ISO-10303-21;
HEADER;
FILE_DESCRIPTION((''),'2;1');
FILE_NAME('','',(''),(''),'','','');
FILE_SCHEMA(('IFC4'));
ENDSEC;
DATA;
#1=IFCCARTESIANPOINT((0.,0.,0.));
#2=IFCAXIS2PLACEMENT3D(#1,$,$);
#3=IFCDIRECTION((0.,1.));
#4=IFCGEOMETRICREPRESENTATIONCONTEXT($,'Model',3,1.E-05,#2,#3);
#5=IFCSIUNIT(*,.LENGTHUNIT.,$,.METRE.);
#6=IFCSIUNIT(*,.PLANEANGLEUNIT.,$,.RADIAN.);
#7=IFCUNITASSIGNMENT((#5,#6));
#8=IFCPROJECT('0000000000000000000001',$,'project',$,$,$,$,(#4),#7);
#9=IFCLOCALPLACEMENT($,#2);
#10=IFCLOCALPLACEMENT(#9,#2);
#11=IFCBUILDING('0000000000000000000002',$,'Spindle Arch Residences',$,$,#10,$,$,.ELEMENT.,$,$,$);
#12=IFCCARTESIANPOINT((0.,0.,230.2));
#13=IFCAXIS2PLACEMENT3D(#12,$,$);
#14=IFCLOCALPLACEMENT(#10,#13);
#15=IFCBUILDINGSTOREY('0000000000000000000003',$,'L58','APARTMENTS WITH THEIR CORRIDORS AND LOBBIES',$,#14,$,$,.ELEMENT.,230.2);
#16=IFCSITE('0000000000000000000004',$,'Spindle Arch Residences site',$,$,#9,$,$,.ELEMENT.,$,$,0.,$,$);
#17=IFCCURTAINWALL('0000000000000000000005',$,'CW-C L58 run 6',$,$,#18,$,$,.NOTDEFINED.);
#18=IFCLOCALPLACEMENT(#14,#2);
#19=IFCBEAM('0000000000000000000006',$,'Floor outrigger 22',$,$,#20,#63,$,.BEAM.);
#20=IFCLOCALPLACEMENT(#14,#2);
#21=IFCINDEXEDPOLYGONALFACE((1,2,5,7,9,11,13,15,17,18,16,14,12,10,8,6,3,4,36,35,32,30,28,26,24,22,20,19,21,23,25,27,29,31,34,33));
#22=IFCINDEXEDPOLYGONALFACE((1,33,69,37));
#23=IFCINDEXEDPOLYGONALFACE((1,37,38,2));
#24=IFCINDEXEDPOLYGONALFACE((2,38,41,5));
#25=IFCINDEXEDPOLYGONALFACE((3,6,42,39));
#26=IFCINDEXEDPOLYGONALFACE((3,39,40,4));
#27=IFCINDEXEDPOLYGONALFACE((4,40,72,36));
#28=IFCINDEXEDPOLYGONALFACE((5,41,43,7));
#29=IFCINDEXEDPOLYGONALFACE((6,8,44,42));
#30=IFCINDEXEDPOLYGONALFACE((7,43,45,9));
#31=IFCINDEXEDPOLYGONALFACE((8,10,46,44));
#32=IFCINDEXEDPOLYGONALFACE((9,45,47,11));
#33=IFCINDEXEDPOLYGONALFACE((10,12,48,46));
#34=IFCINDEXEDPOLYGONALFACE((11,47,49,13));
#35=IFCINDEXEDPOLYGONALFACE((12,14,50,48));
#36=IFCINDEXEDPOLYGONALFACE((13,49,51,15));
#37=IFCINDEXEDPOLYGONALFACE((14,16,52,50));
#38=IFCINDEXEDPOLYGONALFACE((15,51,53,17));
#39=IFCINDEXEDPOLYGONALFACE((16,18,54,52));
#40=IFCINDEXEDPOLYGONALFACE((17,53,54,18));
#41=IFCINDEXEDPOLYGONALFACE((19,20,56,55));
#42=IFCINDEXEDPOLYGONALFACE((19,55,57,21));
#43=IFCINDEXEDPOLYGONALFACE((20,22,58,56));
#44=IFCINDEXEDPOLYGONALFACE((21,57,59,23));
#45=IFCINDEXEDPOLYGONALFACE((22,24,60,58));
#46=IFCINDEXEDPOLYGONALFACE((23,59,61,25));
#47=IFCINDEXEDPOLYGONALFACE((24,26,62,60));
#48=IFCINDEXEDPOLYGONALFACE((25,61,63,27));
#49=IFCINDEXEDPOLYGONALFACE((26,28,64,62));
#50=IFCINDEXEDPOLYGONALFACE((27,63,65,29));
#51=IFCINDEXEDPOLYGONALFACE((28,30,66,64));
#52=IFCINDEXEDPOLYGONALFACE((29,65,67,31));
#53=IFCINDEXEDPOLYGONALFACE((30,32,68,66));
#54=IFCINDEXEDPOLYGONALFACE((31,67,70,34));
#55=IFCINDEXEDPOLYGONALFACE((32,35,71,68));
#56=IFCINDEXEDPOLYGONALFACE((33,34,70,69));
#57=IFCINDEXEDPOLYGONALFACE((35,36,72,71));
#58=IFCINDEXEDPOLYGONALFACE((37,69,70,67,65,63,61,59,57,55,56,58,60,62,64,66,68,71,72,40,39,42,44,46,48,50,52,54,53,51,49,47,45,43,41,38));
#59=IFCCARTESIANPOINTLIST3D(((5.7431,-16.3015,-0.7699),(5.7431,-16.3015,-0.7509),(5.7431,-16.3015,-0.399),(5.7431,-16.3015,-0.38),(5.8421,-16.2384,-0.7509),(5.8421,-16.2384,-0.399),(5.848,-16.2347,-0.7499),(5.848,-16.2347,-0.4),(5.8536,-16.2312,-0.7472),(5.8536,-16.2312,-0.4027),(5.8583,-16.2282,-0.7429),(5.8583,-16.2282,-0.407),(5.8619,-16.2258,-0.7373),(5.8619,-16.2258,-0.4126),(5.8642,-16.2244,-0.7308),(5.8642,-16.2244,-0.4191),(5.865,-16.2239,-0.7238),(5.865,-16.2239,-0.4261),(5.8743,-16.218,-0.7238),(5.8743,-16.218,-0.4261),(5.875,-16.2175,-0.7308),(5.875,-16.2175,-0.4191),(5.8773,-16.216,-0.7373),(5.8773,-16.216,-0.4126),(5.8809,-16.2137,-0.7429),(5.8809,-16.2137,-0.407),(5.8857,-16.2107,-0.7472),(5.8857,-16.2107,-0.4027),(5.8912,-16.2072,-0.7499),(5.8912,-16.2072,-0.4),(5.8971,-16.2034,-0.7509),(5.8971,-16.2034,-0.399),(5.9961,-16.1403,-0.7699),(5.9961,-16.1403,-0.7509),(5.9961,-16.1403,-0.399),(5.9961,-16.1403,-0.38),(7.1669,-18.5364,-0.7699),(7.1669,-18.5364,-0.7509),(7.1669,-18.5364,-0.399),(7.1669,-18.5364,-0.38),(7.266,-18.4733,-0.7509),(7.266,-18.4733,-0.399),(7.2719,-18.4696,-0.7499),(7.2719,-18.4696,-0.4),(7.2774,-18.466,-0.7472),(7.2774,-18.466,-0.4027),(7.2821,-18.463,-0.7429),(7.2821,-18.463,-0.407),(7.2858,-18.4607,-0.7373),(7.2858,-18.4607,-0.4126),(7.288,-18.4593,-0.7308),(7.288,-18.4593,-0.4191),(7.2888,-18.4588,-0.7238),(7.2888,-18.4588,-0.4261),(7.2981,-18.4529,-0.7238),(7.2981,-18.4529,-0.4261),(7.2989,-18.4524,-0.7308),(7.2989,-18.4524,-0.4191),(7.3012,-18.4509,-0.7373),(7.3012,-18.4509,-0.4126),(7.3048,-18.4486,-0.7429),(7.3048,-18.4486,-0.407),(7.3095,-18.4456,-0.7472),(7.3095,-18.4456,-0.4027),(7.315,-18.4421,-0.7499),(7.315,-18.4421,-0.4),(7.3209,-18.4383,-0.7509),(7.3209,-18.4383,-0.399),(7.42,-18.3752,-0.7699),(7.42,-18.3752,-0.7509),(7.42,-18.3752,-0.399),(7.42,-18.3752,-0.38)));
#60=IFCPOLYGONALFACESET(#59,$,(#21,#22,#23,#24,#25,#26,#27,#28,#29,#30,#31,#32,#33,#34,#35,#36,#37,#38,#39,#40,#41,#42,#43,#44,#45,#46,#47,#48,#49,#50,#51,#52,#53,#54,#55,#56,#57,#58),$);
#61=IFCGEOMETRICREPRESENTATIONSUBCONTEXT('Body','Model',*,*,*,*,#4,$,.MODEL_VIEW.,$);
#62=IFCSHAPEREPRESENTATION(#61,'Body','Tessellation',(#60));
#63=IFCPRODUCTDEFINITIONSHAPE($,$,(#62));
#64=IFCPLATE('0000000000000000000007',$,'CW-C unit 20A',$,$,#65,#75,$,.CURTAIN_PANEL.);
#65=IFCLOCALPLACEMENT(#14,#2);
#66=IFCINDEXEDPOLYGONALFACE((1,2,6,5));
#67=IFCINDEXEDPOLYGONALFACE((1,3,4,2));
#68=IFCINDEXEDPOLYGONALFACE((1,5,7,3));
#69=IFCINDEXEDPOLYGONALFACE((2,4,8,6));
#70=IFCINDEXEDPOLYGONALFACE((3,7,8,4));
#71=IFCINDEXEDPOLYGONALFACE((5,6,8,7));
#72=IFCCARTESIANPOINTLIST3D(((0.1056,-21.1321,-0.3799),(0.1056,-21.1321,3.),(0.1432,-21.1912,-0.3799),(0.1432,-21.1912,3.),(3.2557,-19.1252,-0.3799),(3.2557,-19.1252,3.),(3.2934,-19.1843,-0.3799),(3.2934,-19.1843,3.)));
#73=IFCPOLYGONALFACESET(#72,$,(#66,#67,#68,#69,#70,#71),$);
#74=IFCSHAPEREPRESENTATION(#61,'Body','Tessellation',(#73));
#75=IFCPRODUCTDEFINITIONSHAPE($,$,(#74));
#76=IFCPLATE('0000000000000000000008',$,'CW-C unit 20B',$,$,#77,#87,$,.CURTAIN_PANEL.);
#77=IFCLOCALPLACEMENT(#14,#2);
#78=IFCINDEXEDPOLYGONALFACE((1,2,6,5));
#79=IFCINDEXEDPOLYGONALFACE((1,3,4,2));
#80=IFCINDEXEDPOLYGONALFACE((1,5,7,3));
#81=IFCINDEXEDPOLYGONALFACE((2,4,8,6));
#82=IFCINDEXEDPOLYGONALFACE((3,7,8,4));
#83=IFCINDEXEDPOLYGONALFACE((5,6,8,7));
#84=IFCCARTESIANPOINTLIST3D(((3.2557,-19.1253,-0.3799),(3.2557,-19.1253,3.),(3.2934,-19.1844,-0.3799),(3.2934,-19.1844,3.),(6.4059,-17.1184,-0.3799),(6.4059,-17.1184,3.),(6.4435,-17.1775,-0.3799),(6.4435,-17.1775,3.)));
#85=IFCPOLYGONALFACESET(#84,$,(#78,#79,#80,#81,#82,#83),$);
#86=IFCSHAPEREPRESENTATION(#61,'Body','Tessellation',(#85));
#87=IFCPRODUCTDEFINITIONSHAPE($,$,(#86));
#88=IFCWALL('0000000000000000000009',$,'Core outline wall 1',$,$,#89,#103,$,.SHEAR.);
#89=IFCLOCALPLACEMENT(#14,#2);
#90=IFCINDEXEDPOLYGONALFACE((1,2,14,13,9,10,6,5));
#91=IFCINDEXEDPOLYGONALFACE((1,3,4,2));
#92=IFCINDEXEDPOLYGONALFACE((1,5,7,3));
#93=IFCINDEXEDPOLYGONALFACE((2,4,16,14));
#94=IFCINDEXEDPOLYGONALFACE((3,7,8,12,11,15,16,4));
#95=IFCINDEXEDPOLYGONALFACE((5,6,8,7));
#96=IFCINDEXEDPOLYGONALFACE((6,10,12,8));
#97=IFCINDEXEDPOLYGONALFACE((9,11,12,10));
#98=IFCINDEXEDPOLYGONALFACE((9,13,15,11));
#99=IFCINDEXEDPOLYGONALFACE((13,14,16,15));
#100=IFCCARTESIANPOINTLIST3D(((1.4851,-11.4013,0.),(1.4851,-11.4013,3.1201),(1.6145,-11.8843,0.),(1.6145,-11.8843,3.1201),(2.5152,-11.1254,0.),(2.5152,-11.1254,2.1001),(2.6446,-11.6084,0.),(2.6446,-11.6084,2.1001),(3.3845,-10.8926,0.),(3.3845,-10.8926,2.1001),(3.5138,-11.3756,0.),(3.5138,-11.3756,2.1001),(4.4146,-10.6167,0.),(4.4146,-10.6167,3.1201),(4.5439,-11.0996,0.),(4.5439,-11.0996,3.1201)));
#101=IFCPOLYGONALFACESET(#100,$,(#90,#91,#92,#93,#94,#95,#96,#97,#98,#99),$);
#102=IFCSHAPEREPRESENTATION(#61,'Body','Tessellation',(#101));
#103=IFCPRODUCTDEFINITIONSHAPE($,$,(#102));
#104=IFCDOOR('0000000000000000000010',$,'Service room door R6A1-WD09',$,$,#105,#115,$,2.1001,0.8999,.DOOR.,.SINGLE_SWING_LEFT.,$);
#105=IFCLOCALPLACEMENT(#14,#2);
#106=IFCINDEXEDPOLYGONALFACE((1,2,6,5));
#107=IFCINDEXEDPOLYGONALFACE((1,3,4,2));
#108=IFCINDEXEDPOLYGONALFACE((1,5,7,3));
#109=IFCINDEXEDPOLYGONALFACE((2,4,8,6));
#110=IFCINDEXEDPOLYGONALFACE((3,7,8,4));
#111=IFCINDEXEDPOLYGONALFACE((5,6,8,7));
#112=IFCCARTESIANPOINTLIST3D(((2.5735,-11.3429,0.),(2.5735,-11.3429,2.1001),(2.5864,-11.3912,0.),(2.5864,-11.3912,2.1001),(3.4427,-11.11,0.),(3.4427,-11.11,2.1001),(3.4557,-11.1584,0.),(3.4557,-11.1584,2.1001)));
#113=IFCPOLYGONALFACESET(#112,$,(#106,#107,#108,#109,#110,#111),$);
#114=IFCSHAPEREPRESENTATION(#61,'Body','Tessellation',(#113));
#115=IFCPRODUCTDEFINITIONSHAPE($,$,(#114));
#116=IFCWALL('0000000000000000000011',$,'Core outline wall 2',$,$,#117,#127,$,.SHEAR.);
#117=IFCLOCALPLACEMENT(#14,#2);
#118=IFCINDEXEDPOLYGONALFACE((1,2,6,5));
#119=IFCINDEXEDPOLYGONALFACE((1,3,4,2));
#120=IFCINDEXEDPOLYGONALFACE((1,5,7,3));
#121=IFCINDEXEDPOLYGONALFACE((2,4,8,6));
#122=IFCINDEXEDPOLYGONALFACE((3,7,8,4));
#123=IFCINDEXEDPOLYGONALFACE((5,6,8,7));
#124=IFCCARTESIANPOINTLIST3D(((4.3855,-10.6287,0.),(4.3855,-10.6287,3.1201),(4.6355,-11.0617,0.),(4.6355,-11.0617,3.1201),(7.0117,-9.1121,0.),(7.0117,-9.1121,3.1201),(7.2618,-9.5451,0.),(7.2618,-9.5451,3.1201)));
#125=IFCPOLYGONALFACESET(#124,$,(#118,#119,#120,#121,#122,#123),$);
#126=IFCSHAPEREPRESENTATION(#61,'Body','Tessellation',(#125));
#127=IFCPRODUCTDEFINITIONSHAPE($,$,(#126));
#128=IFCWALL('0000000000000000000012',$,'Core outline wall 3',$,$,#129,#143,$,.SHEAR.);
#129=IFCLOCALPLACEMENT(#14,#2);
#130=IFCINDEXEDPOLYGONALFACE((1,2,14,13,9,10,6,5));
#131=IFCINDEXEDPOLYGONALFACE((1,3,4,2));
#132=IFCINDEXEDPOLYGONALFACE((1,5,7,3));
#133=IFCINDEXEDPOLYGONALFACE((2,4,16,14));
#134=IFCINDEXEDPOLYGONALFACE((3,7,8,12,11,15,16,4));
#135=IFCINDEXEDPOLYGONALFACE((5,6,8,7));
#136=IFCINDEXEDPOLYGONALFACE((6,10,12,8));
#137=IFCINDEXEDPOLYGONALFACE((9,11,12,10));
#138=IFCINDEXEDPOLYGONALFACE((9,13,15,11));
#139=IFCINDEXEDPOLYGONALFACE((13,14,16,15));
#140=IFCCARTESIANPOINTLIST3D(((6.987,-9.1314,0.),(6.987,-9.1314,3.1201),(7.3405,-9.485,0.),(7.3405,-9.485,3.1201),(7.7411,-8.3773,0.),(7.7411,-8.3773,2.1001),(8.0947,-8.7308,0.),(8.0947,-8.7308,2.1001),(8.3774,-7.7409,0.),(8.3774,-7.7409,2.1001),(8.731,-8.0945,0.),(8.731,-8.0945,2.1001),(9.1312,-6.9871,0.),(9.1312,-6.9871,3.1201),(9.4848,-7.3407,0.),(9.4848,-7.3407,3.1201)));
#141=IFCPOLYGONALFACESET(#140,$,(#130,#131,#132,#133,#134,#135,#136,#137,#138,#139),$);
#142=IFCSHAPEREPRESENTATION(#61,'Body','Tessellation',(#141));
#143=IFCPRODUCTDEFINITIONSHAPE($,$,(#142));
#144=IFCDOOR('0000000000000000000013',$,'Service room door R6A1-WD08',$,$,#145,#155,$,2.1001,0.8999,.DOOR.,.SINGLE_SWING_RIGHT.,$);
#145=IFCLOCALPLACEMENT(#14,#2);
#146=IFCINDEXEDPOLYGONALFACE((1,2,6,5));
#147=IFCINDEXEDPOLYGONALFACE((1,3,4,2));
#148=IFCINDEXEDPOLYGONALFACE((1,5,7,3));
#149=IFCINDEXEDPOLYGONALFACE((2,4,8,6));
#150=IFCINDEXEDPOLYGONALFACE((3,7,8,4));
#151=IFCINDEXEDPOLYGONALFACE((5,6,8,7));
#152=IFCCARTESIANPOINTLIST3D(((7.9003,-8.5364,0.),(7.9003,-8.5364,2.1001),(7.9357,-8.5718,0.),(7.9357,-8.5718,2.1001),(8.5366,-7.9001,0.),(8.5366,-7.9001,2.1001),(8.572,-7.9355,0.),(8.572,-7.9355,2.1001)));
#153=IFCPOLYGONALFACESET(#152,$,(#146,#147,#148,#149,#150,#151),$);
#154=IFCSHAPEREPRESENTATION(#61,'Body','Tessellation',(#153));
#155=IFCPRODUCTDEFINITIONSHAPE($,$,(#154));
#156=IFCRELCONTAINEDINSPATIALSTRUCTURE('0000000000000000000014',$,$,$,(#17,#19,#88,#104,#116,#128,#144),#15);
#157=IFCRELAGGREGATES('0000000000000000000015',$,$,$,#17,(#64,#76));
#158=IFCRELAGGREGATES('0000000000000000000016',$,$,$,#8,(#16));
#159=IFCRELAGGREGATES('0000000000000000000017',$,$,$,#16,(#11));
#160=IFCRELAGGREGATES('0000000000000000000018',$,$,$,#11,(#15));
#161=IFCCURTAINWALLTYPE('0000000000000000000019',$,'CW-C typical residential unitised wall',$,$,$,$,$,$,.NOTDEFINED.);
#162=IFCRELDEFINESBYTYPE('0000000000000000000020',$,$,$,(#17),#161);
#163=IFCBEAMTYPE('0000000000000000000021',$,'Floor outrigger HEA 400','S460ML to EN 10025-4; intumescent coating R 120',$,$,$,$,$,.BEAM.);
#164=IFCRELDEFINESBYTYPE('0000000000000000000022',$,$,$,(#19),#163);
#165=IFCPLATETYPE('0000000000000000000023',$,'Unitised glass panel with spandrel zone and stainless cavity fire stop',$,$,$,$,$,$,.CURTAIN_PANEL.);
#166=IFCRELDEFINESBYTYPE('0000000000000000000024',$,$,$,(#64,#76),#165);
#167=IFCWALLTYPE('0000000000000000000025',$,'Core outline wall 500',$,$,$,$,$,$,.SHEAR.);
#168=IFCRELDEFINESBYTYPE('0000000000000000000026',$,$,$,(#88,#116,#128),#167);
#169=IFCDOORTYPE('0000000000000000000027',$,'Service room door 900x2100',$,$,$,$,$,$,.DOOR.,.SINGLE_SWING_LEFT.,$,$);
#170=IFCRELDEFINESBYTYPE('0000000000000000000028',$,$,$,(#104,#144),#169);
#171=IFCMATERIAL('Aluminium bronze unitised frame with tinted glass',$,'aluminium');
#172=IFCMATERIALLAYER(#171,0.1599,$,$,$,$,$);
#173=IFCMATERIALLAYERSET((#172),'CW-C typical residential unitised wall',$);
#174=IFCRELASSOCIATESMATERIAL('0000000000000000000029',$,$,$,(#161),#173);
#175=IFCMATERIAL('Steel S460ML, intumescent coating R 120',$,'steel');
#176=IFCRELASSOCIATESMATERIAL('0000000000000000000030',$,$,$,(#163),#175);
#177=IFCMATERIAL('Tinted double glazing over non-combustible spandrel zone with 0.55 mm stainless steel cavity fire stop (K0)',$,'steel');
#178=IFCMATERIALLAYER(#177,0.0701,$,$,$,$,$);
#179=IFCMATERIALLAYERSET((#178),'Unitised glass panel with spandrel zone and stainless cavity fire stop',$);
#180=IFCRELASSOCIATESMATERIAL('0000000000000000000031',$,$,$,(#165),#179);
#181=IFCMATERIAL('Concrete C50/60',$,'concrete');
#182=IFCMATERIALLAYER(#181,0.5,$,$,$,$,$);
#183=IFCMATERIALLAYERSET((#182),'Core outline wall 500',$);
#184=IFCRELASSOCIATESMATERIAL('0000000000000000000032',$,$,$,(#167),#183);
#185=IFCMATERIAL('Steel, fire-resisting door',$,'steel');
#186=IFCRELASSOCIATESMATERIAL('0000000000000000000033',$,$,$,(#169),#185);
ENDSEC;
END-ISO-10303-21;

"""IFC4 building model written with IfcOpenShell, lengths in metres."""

from ifc_helpers import new_model, si_unit, direction, frame, frame_2d, origin, origin_2d, place, context, subcontext, project, spatial, rectangle, i_section, extrude, material, layer, layer_set, material_profile, profile_set, type_object, element, fill, aggregate, save


model = new_model("IFC4")

# Units and contexts
model_context = context("Model", 3, precision=1e-05, world=origin(), true_north=direction((0.0, 1.0)))
body_context = subcontext(model_context, "Body", "Model", "MODEL_VIEW")
ifc_project = project(units=[si_unit("LENGTHUNIT", "METRE"), si_unit("PLANEANGLEUNIT", "RADIAN")], contexts=[model_context])

# Site, building, storey
site_placement = place(None, origin())
site = spatial("IfcSite", under=ifc_project, at=site_placement, Name="Spindle Arch Residences site", CompositionType="ELEMENT", RefElevation=0.0)
building_placement = place(site_placement, origin())
building = spatial("IfcBuilding", under=site, at=building_placement, Name="Spindle Arch Residences", CompositionType="ELEMENT")
storey_placement = place(building_placement, frame((0.0, 0.0, 230.2)))
storey = spatial("IfcBuildingStorey", under=building, at=storey_placement, Name="L58", Description="APARTMENTS WITH THEIR CORRIDORS AND LOBBIES", CompositionType="ELEMENT", Elevation=230.2)

# Curtain wall
ifc_material_1 = material(Name="Aluminium bronze unitised frame with tinted glass", Category="aluminium")
ifc_layer_1 = layer(ifc_material_1, 0.1599)
ifc_layer_set_1 = layer_set([ifc_layer_1], Name="CW-C typical residential unitised wall")
curtain_wall_type = type_object("IfcCurtainWallType", Name="CW-C typical residential unitised wall", PredefinedType="NOTDEFINED", material=ifc_layer_set_1)
curtain_wall_placement = place(storey_placement, origin())
curtain_wall = element("IfcCurtainWall", 1, at=curtain_wall_placement, inside=storey, type_object=curtain_wall_type, Name="CW-C L58 run 6", PredefinedType="NOTDEFINED")

# Beam
ifc_material_2 = material(Name="Steel S460ML, intumescent coating R 120", Category="steel")
ifc_material_profile_1 = material_profile(ifc_material_2, i_section(OverallWidth=0.3, OverallDepth=0.3899, WebThickness=0.011, FlangeThickness=0.019, FilletRadius=0.0271, at=origin_2d()), Name="HEA 400")
ifc_profile_set_1 = profile_set([ifc_material_profile_1], Name="Steel S460ML, intumescent coating R 120")
beam_type_1 = type_object("IfcBeamType", Name="Floor outrigger HEA 400", Description="S460ML to EN 10025-4; intumescent coating R 120", PredefinedType="BEAM", material=ifc_profile_set_1)
for number, where, z_axis, x_axis, name in (
    (2, (7.2935, -18.4558, -0.575), (-0.537317, 0.843381, 0.0), (-0.843381, -0.537317, 0.0), "Floor outrigger 22"),
):
    element("IfcBeam", number, at=place(storey_placement, frame(where, z_axis=z_axis, x_axis=x_axis)), inside=storey, type_object=beam_type_1, Name=name, PredefinedType="BEAM", context=body_context, shape_type="SweptSolid", body=[
        extrude(i_section(OverallWidth=0.3, OverallDepth=0.3899, WebThickness=0.011, FlangeThickness=0.019, FilletRadius=0.0271, at=origin_2d()), origin(), (0.0, 0.0, 1.0), 2.6499),
    ])

# Plates
ifc_material_3 = material(Name="Tinted double glazing over non-combustible spandrel zone with 0.55 mm stainless steel cavity fire stop (K0)", Category="steel")
ifc_layer_2 = layer(ifc_material_3, 0.0701)
ifc_layer_set_2 = layer_set([ifc_layer_2], Name="Unitised glass panel with spandrel zone and stainless cavity fire stop")
plate_type = type_object("IfcPlateType", Name="Unitised glass panel with spandrel zone and stainless cavity fire stop", PredefinedType="CURTAIN_PANEL", material=ifc_layer_set_2)
plate_1_placement = place(storey_placement, frame((1.6995, -20.1582, -0.3799), z_axis=(0.0, 0.0, 1.0), x_axis=(0.843391, 0.5373, 0.0)))
plate_1 = element("IfcPlate", 3, at=plate_1_placement, type_object=plate_type, Name="CW-C unit 20A", PredefinedType="CURTAIN_PANEL", context=body_context, shape_type="SweptSolid", body=[
    extrude(rectangle(XDim=3.7351, YDim=0.0701, at=origin_2d()), origin(), (0.0, 0.0, 1.0), 3.3799),
])
plate_2_placement = place(storey_placement, frame((4.8496, -18.1514, -0.3799), z_axis=(0.0, 0.0, 1.0), x_axis=(0.843391, 0.5373, 0.0)))
plate_2 = element("IfcPlate", 4, at=plate_2_placement, type_object=plate_type, Name="CW-C unit 20B", PredefinedType="CURTAIN_PANEL", context=body_context, shape_type="SweptSolid", body=[
    extrude(rectangle(XDim=3.7351, YDim=0.0701, at=origin_2d()), origin(), (0.0, 0.0, 1.0), 3.3799),
])
aggregate(curtain_wall, [plate_1, plate_2])

# Wall, opening, door
ifc_material_4 = material(Name="Concrete C50/60", Category="concrete")
ifc_layer_3 = layer(ifc_material_4, 0.5)
ifc_layer_set_3 = layer_set([ifc_layer_3], Name="Core outline wall 500")
wall_type_1 = type_object("IfcWallType", Name="Core outline wall 500", PredefinedType="SHEAR", material=ifc_layer_set_3)
wall_1_placement = place(storey_placement, frame((1.5498, -11.6428, 0.0), z_axis=(0.0, 0.0, 1.0), x_axis=(0.965948, 0.258735, 0.0)))
wall_1 = element("IfcWall", 5, at=wall_1_placement, inside=storey, type_object=wall_type_1, Name="Core outline wall 1", PredefinedType="SHEAR", context=body_context, shape_type="SweptSolid", body=[
    extrude(rectangle(XDim=3.0327, YDim=0.5, at=frame_2d((1.5164, 0.0))), origin(), (0.0, 0.0, 1.0), 3.1201),
])
opening_1_placement = place(wall_1_placement, frame((1.0664, 0.0, 0.0)))
opening_1 = element("IfcOpeningElement", 6, at=opening_1_placement, cuts=wall_1, PredefinedType="OPENING", context=body_context, shape_type="SweptSolid", body=[
    extrude(rectangle(XDim=0.8999, YDim=2.1001, at=frame_2d((0.45, 1.05))), frame((0.0, 0.26, 0.0), z_axis=(0.0, -1.0, 0.0), x_axis=(1.0, 0.0, 0.0)), (0.0, 0.0, 1.0), 0.52),
])
ifc_material_5 = material(Name="Steel, fire-resisting door", Category="steel")
door_type_1 = type_object("IfcDoorType", Name="Service room door 900x2100", OperationType="SINGLE_SWING_LEFT", PredefinedType="DOOR", material=ifc_material_5)
door_1_placement = place(opening_1_placement, origin())
door_1 = element("IfcDoor", 7, at=door_1_placement, inside=storey, type_object=door_type_1, Name="Service room door R6A1-WD09", OperationType="SINGLE_SWING_LEFT", OverallHeight=2.1001, OverallWidth=0.8999, PredefinedType="DOOR", context=body_context, shape_type="SweptSolid", body=[
    extrude(rectangle(XDim=0.8999, YDim=2.1001, at=frame_2d((0.45, 1.05))), frame((0.0, 0.0249, 0.0), z_axis=(0.0, -1.0, 0.0), x_axis=(1.0, 0.0, 0.0)), (0.0, 0.0, 1.0), 0.05),
])
fill(opening_1, door_1)

# Wall
wall_2_placement = place(storey_placement, frame((4.5105, -10.8452, 0.0), z_axis=(0.0, 0.0, 1.0), x_axis=(0.865975, 0.500087, 0.0)))
element("IfcWall", 8, at=wall_2_placement, inside=storey, type_object=wall_type_1, Name="Core outline wall 2", PredefinedType="SHEAR", context=body_context, shape_type="SweptSolid", body=[
    extrude(rectangle(XDim=3.0327, YDim=0.5, at=frame_2d((1.5164, 0.0))), origin(), (0.0, 0.0, 1.0), 3.1201),
])

# Wall, opening, door
wall_3_placement = place(storey_placement, frame((7.1638, -9.3081, 0.0), z_axis=(0.0, 0.0, 1.0), x_axis=(0.707107, 0.707107, 0.0)))
wall_3 = element("IfcWall", 9, at=wall_3_placement, inside=storey, type_object=wall_type_1, Name="Core outline wall 3", PredefinedType="SHEAR", context=body_context, shape_type="SweptSolid", body=[
    extrude(rectangle(XDim=3.0325, YDim=0.5, at=frame_2d((1.5161, 0.0))), origin(), (0.0, 0.0, 1.0), 3.1201),
])
opening_2_placement = place(wall_3_placement, frame((1.0664, 0.0, 0.0)))
opening_2 = element("IfcOpeningElement", 10, at=opening_2_placement, cuts=wall_3, PredefinedType="OPENING", context=body_context, shape_type="SweptSolid", body=[
    extrude(rectangle(XDim=0.8999, YDim=2.1001, at=frame_2d((0.45, 1.05))), frame((0.0, 0.26, 0.0), z_axis=(0.0, -1.0, 0.0), x_axis=(1.0, 0.0, 0.0)), (0.0, 0.0, 1.0), 0.52),
])
door_2_placement = place(opening_2_placement, origin())
door_2 = element("IfcDoor", 11, at=door_2_placement, inside=storey, type_object=door_type_1, Name="Service room door R6A1-WD08", OperationType="SINGLE_SWING_RIGHT", OverallHeight=2.1001, OverallWidth=0.8999, PredefinedType="DOOR", context=body_context, shape_type="SweptSolid", body=[
    extrude(rectangle(XDim=0.8999, YDim=2.1001, at=frame_2d((0.45, 1.05))), frame((0.0, 0.0249, 0.0), z_axis=(0.0, -1.0, 0.0), x_axis=(1.0, 0.0, 0.0)), (0.0, 0.0, 1.0), 0.05),
])
fill(opening_2, door_2)

save(model, "model.ifc")
